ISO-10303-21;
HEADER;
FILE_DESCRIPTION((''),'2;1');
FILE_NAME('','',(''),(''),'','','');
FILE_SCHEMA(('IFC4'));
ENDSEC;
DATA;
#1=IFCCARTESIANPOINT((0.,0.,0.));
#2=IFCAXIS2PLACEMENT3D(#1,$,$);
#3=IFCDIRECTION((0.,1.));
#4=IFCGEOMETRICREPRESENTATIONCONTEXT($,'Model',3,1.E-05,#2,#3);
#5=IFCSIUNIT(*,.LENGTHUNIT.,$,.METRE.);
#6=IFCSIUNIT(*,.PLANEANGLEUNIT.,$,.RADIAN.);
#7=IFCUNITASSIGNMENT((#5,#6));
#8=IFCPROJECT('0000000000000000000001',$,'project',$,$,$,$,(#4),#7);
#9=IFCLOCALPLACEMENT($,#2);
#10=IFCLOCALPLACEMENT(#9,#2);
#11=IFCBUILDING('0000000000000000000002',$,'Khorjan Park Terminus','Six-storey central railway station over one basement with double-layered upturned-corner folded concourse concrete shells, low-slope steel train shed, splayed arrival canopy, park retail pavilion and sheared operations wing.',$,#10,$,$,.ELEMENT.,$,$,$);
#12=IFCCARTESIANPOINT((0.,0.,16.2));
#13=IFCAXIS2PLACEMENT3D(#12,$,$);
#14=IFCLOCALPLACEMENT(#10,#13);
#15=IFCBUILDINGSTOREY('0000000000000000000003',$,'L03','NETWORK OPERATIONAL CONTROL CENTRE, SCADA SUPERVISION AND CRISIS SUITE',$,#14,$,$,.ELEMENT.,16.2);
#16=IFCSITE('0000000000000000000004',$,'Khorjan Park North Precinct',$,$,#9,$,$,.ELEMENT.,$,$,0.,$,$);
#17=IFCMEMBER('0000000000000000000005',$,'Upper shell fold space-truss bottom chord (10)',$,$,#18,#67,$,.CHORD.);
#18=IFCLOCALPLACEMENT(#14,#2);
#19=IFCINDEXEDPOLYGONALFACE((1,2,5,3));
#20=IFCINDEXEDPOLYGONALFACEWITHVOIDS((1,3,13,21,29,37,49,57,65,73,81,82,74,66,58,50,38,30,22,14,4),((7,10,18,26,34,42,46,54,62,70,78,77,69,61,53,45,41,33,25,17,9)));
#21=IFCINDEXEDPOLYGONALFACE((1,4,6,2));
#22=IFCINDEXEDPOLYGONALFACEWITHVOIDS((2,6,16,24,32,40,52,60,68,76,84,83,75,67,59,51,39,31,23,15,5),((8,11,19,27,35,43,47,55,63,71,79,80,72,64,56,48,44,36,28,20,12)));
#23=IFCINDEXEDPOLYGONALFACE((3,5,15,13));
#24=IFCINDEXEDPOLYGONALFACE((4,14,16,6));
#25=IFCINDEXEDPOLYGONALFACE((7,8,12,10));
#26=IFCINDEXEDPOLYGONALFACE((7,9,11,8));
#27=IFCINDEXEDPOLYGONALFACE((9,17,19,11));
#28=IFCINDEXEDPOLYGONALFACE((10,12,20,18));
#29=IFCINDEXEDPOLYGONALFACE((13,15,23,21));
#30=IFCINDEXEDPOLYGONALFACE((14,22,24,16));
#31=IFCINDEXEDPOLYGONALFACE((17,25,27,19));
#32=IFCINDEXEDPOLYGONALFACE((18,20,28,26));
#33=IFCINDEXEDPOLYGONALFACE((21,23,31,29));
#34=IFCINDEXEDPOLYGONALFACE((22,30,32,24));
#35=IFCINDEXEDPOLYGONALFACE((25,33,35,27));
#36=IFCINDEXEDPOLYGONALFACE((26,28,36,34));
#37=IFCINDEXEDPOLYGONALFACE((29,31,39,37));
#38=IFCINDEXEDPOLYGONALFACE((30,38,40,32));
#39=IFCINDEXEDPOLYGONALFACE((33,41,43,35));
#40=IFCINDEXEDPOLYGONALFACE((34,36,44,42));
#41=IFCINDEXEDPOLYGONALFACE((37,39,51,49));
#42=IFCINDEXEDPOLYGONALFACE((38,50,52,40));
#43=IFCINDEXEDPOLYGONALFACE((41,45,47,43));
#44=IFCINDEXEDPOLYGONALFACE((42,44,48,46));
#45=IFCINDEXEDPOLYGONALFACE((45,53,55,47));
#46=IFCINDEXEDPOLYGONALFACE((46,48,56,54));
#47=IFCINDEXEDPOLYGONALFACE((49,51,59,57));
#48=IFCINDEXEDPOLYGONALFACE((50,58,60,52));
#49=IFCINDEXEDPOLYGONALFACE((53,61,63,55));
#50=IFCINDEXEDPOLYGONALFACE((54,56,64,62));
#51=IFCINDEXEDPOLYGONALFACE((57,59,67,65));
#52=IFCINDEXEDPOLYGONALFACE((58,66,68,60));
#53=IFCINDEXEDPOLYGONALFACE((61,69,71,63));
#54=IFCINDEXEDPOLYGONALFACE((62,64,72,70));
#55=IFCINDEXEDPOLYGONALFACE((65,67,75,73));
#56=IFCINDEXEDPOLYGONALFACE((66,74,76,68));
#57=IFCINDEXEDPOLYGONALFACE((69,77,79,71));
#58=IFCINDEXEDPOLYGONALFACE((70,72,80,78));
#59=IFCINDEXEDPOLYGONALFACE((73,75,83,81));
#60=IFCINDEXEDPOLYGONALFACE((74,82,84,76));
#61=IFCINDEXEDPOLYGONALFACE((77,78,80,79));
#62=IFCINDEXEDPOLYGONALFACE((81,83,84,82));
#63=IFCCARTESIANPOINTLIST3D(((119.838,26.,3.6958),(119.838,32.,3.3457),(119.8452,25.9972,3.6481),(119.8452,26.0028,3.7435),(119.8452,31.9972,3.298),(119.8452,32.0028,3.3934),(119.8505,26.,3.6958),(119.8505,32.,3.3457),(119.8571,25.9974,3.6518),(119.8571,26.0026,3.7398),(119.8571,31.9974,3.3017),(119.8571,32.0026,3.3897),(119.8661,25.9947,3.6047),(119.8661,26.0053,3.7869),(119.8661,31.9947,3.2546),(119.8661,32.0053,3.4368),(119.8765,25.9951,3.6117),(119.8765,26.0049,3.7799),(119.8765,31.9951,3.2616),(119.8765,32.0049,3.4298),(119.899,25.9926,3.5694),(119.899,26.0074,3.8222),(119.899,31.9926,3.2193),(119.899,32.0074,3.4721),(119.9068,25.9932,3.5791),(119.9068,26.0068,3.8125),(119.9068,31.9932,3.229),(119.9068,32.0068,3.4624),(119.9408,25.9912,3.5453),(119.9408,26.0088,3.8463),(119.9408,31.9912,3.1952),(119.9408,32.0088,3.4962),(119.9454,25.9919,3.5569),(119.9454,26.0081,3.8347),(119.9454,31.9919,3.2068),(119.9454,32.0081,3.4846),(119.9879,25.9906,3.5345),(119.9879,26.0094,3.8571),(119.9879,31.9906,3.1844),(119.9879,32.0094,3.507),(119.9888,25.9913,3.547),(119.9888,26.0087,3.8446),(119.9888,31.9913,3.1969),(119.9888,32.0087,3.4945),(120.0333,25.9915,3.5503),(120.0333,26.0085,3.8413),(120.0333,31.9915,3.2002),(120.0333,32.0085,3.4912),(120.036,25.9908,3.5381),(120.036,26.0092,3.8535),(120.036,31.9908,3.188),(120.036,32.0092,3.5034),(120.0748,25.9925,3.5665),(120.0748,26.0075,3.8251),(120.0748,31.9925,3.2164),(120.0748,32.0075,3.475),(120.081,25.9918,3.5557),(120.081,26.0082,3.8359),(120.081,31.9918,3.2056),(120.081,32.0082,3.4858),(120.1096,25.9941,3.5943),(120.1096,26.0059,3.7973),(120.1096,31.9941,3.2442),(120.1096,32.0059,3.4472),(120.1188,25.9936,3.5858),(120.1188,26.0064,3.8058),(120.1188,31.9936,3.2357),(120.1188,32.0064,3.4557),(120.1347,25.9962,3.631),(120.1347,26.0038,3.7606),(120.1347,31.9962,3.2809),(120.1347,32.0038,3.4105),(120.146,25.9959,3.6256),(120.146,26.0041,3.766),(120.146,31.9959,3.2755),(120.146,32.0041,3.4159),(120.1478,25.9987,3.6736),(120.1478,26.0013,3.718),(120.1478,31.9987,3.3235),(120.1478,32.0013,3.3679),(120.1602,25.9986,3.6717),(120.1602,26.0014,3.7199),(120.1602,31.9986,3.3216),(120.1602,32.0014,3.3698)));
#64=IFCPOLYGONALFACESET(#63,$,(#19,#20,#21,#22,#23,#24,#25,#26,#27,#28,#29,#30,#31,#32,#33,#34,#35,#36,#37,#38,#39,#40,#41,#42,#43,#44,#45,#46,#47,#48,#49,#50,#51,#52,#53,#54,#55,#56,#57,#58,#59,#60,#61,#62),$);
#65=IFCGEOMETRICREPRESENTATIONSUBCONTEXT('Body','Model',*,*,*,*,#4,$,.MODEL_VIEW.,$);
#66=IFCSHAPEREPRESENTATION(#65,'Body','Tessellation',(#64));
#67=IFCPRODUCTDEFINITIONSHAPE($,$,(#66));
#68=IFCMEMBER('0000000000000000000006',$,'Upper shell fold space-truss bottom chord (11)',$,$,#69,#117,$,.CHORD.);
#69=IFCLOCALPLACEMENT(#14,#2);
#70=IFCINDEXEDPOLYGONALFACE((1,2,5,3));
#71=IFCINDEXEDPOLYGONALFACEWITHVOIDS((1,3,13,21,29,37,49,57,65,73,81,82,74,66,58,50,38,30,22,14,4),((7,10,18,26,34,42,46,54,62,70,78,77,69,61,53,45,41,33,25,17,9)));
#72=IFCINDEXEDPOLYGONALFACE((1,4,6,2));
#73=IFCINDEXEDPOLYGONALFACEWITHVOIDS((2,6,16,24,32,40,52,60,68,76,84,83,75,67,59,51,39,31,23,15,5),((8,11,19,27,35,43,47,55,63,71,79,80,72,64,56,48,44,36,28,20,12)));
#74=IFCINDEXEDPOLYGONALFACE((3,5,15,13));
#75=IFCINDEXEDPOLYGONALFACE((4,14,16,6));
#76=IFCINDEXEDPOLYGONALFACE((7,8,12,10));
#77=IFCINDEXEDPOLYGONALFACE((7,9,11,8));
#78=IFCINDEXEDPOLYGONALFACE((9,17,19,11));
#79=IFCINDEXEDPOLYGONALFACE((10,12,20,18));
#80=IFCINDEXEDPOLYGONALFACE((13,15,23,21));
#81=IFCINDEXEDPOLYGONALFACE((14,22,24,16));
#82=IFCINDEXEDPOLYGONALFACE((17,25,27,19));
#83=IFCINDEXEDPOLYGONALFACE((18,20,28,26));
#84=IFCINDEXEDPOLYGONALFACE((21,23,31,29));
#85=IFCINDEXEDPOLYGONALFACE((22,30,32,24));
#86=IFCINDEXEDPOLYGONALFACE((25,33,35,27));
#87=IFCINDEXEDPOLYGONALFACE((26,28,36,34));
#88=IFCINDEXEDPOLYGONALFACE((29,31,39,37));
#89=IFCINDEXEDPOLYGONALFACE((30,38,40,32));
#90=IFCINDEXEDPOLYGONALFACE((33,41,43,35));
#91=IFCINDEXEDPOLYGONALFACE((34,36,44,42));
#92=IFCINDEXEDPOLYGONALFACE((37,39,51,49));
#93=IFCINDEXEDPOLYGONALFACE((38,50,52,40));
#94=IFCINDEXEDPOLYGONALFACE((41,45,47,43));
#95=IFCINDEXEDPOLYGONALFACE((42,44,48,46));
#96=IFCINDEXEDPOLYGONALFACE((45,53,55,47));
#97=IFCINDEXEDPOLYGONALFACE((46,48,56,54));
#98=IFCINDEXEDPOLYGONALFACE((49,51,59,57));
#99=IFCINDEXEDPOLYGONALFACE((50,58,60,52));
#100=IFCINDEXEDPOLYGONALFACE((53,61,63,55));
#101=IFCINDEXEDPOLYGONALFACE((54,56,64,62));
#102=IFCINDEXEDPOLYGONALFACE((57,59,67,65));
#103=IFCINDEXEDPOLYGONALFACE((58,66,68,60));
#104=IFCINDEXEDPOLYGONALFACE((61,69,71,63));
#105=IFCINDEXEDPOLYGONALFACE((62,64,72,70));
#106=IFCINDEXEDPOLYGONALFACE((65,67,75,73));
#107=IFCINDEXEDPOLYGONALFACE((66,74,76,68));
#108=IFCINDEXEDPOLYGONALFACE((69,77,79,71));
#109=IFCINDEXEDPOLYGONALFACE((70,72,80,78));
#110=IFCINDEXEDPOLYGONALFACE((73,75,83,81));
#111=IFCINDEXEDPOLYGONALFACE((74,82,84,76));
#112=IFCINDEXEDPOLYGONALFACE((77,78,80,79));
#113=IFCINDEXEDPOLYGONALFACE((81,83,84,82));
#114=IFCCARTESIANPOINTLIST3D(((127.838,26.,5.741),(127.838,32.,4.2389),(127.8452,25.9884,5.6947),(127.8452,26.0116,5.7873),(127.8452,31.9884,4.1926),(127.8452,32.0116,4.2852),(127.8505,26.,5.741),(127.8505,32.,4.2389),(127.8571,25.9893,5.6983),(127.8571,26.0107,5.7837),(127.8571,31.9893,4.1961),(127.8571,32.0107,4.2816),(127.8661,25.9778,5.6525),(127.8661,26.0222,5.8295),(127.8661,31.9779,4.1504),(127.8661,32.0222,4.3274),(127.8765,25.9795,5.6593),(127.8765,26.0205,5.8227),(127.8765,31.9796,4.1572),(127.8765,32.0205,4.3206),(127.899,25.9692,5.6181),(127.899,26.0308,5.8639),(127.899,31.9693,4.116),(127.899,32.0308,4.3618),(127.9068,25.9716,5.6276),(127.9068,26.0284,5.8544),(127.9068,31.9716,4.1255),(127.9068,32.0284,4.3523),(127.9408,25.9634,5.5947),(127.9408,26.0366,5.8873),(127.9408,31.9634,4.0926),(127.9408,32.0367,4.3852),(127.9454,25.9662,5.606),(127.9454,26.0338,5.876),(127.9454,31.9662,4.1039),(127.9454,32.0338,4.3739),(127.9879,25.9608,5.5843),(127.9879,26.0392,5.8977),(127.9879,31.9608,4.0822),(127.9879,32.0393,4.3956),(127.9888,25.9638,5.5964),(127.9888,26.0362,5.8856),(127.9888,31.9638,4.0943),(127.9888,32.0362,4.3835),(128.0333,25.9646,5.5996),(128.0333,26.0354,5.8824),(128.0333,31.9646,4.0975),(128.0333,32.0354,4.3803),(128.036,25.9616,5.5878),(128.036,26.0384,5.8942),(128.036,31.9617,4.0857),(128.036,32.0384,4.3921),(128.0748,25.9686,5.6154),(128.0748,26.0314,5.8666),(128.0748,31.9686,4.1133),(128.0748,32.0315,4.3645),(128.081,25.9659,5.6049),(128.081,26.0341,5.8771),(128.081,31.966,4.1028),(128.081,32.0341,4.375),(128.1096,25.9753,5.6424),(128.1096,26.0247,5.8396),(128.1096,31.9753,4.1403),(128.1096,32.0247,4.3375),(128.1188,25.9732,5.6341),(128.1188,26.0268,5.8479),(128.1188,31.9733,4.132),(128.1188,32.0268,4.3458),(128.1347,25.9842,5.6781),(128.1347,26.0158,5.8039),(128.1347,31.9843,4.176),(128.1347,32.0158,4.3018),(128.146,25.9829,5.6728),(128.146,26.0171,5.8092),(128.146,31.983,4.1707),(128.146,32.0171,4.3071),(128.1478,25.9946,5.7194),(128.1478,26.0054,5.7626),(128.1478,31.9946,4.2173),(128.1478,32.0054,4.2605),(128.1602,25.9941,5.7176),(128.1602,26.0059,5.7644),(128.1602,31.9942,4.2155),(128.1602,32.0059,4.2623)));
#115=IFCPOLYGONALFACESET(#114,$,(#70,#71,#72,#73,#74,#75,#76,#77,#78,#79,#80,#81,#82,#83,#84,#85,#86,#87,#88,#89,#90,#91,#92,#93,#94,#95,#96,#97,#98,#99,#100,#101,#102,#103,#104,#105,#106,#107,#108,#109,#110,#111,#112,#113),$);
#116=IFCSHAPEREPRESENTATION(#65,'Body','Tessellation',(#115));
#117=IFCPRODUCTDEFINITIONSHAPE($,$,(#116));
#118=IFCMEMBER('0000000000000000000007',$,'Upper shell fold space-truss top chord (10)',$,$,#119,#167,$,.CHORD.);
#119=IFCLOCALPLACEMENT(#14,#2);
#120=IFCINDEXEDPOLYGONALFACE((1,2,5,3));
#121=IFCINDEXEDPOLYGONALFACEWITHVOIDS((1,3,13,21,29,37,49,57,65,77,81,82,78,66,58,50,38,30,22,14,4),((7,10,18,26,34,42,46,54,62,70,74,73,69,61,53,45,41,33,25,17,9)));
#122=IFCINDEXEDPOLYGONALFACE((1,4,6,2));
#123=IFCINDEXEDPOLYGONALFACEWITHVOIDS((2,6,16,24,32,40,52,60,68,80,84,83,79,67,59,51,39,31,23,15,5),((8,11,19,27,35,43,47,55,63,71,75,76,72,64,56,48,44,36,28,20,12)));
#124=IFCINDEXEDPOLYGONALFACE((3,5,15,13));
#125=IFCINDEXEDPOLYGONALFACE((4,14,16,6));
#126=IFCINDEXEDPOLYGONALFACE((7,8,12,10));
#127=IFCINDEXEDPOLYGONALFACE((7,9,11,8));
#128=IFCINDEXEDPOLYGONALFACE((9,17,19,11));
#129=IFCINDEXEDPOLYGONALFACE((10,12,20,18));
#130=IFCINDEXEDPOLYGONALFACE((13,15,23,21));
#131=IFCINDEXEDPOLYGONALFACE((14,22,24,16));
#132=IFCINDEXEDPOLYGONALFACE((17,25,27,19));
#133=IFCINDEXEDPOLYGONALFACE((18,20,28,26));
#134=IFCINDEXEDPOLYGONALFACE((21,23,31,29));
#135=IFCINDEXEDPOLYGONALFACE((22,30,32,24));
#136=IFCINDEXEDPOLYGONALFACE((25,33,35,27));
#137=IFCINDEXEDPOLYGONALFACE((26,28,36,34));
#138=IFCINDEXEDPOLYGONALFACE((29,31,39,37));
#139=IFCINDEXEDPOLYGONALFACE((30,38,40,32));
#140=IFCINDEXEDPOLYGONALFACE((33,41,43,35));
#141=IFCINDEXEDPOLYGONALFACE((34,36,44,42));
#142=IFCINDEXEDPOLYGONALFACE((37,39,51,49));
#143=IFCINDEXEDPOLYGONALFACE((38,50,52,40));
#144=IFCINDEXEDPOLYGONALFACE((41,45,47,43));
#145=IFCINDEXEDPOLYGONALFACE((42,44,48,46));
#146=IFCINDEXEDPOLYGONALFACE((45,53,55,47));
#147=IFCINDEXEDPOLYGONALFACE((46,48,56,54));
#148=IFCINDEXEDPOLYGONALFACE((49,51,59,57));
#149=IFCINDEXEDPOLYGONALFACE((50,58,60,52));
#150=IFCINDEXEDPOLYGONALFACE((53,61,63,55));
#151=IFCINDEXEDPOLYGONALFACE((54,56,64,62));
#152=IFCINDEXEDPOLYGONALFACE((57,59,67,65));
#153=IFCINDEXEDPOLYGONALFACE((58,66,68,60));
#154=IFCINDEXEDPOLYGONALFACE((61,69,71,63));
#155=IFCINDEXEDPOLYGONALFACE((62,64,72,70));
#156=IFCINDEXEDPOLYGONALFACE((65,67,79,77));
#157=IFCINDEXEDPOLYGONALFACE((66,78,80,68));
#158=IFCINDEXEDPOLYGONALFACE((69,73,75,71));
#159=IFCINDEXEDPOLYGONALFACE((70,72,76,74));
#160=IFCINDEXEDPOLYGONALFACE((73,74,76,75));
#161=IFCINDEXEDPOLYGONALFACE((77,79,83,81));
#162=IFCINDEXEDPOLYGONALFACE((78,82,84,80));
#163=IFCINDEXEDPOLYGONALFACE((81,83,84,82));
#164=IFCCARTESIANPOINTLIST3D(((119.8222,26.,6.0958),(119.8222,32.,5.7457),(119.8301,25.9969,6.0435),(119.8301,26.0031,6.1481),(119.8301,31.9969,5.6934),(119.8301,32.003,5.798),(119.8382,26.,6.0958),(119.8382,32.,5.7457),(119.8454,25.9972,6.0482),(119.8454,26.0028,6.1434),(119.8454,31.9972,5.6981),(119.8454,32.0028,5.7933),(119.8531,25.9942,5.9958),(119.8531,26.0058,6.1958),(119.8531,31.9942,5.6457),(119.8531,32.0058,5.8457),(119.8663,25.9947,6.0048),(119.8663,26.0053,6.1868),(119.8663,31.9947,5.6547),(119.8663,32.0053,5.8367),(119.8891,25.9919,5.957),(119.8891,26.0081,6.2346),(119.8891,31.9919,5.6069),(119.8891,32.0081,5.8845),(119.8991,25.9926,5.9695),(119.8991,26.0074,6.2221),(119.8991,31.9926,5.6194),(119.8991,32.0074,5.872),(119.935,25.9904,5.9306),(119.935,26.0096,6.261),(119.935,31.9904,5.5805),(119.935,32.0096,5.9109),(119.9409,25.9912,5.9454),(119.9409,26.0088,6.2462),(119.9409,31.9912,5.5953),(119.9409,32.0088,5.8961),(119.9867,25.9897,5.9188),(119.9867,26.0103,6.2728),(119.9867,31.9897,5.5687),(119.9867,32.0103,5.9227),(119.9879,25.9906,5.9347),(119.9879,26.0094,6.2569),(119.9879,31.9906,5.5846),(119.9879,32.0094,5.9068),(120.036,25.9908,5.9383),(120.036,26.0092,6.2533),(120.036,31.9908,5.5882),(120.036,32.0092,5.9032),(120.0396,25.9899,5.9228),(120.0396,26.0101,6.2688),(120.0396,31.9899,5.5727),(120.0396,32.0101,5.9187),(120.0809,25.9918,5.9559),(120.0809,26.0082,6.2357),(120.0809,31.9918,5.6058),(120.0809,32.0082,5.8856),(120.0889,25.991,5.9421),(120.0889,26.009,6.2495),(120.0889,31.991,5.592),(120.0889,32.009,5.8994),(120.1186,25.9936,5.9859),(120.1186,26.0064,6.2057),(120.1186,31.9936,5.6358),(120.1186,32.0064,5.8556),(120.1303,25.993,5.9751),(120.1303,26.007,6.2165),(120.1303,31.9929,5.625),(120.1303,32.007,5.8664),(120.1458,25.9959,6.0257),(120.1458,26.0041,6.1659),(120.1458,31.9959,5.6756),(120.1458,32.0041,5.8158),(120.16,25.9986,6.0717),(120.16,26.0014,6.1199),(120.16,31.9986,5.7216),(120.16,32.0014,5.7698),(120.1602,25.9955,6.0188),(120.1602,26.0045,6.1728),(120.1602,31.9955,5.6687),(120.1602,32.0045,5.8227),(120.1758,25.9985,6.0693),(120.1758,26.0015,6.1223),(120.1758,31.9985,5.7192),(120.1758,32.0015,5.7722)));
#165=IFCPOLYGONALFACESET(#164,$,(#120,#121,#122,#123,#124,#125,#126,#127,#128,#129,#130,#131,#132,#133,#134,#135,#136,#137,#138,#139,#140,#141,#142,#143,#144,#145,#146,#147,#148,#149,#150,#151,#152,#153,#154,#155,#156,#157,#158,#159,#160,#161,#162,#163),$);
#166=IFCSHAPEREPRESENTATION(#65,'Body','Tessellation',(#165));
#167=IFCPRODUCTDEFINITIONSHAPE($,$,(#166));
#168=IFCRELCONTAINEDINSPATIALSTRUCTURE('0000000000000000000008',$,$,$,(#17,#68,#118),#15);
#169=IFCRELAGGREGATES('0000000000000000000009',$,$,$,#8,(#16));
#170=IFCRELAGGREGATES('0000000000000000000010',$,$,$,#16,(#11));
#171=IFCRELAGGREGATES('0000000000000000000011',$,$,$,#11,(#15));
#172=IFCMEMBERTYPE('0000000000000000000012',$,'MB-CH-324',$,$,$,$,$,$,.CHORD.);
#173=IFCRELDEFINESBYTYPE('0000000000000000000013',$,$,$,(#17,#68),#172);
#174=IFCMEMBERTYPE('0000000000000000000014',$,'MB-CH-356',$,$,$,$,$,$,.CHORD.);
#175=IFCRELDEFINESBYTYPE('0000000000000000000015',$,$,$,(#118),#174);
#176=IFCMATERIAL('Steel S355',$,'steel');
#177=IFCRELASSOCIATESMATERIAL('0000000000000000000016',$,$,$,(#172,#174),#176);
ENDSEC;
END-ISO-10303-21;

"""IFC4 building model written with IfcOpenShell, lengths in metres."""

from ifc_helpers import new_model, si_unit, direction, frame, origin, origin_2d, place, context, subcontext, project, spatial, hollow_circle, extrude, material, material_profile, profile_set, type_object, element, save


model = new_model("IFC4")

# Units and contexts
model_context = context("Model", 3, precision=1e-05, world=origin(), true_north=direction((0.0, 1.0)))
body_context = subcontext(model_context, "Body", "Model", "MODEL_VIEW")
ifc_project = project(units=[si_unit("LENGTHUNIT", "METRE"), si_unit("PLANEANGLEUNIT", "RADIAN")], contexts=[model_context])

# Site, building, storey
site_placement = place(None, origin())
site = spatial("IfcSite", under=ifc_project, at=site_placement, Name="Khorjan Park North Precinct", CompositionType="ELEMENT", RefElevation=0.0)
building_placement = place(site_placement, origin())
building = spatial("IfcBuilding", under=site, at=building_placement, Name="Khorjan Park Terminus", Description="Six-storey central railway station over one basement with double-layered upturned-corner folded concourse concrete shells, low-slope steel train shed, splayed arrival canopy, park retail pavilion and sheared operations wing.", CompositionType="ELEMENT")
storey_placement = place(building_placement, frame((0.0, 0.0, 16.2)))
storey = spatial("IfcBuildingStorey", under=building, at=storey_placement, Name="L03", Description="NETWORK OPERATIONAL CONTROL CENTRE, SCADA SUPERVISION AND CRISIS SUITE", CompositionType="ELEMENT", Elevation=16.2)

# Members
ifc_material_1 = material(Name="Steel S355", Category="steel")
ifc_material_profile_1 = material_profile(ifc_material_1, hollow_circle(Radius=0.162, WallThickness=0.0125, at=origin_2d()), Name="CHS 323.9x12.5")
ifc_profile_set_1 = profile_set([ifc_material_profile_1], Name="Steel S355")
member_type_1 = type_object("IfcMemberType", Name="MB-CH-324", PredefinedType="CHORD", material=ifc_profile_set_1)
member_1_placement = place(storey_placement, frame((120.0, 26.0, 3.6958), z_axis=(0.0, 0.998302, -0.058251), x_axis=(-1.0, 0.0, 0.0)))
element("IfcMember", 1, at=member_1_placement, inside=storey, type_object=member_type_1, Name="Upper shell fold space-truss bottom chord (10)", PredefinedType="CHORD", context=body_context, shape_type="SweptSolid", body=[
    extrude(hollow_circle(Radius=0.162, WallThickness=0.0125, at=origin_2d()), origin(), (0.0, 0.0, 1.0), 6.0102),
])
member_2_placement = place(storey_placement, frame((128.0, 26.0, 5.741), z_axis=(0.0, 0.970063, -0.242855), x_axis=(-1.0, 0.0, 0.0)))
element("IfcMember", 2, at=member_2_placement, inside=storey, type_object=member_type_1, Name="Upper shell fold space-truss bottom chord (11)", PredefinedType="CHORD", context=body_context, shape_type="SweptSolid", body=[
    extrude(hollow_circle(Radius=0.162, WallThickness=0.0125, at=origin_2d()), origin(), (0.0, 0.0, 1.0), 6.1852),
])
ifc_material_profile_2 = material_profile(ifc_material_1, hollow_circle(Radius=0.1778, WallThickness=0.016, at=origin_2d()), Name="CHS 355.6x16")
ifc_profile_set_2 = profile_set([ifc_material_profile_2], Name="Steel S355")
member_type_2 = type_object("IfcMemberType", Name="MB-CH-356", PredefinedType="CHORD", material=ifc_profile_set_2)
member_3_placement = place(storey_placement, frame((120.0, 26.0, 6.0958), z_axis=(0.0, 0.998302, -0.058251), x_axis=(-1.0, 0.0, 0.0)))
element("IfcMember", 3, at=member_3_placement, inside=storey, type_object=member_type_2, Name="Upper shell fold space-truss top chord (10)", PredefinedType="CHORD", context=body_context, shape_type="SweptSolid", body=[
    extrude(hollow_circle(Radius=0.1778, WallThickness=0.016, at=origin_2d()), origin(), (0.0, 0.0, 1.0), 6.0102),
])

save(model, "model.ifc")
